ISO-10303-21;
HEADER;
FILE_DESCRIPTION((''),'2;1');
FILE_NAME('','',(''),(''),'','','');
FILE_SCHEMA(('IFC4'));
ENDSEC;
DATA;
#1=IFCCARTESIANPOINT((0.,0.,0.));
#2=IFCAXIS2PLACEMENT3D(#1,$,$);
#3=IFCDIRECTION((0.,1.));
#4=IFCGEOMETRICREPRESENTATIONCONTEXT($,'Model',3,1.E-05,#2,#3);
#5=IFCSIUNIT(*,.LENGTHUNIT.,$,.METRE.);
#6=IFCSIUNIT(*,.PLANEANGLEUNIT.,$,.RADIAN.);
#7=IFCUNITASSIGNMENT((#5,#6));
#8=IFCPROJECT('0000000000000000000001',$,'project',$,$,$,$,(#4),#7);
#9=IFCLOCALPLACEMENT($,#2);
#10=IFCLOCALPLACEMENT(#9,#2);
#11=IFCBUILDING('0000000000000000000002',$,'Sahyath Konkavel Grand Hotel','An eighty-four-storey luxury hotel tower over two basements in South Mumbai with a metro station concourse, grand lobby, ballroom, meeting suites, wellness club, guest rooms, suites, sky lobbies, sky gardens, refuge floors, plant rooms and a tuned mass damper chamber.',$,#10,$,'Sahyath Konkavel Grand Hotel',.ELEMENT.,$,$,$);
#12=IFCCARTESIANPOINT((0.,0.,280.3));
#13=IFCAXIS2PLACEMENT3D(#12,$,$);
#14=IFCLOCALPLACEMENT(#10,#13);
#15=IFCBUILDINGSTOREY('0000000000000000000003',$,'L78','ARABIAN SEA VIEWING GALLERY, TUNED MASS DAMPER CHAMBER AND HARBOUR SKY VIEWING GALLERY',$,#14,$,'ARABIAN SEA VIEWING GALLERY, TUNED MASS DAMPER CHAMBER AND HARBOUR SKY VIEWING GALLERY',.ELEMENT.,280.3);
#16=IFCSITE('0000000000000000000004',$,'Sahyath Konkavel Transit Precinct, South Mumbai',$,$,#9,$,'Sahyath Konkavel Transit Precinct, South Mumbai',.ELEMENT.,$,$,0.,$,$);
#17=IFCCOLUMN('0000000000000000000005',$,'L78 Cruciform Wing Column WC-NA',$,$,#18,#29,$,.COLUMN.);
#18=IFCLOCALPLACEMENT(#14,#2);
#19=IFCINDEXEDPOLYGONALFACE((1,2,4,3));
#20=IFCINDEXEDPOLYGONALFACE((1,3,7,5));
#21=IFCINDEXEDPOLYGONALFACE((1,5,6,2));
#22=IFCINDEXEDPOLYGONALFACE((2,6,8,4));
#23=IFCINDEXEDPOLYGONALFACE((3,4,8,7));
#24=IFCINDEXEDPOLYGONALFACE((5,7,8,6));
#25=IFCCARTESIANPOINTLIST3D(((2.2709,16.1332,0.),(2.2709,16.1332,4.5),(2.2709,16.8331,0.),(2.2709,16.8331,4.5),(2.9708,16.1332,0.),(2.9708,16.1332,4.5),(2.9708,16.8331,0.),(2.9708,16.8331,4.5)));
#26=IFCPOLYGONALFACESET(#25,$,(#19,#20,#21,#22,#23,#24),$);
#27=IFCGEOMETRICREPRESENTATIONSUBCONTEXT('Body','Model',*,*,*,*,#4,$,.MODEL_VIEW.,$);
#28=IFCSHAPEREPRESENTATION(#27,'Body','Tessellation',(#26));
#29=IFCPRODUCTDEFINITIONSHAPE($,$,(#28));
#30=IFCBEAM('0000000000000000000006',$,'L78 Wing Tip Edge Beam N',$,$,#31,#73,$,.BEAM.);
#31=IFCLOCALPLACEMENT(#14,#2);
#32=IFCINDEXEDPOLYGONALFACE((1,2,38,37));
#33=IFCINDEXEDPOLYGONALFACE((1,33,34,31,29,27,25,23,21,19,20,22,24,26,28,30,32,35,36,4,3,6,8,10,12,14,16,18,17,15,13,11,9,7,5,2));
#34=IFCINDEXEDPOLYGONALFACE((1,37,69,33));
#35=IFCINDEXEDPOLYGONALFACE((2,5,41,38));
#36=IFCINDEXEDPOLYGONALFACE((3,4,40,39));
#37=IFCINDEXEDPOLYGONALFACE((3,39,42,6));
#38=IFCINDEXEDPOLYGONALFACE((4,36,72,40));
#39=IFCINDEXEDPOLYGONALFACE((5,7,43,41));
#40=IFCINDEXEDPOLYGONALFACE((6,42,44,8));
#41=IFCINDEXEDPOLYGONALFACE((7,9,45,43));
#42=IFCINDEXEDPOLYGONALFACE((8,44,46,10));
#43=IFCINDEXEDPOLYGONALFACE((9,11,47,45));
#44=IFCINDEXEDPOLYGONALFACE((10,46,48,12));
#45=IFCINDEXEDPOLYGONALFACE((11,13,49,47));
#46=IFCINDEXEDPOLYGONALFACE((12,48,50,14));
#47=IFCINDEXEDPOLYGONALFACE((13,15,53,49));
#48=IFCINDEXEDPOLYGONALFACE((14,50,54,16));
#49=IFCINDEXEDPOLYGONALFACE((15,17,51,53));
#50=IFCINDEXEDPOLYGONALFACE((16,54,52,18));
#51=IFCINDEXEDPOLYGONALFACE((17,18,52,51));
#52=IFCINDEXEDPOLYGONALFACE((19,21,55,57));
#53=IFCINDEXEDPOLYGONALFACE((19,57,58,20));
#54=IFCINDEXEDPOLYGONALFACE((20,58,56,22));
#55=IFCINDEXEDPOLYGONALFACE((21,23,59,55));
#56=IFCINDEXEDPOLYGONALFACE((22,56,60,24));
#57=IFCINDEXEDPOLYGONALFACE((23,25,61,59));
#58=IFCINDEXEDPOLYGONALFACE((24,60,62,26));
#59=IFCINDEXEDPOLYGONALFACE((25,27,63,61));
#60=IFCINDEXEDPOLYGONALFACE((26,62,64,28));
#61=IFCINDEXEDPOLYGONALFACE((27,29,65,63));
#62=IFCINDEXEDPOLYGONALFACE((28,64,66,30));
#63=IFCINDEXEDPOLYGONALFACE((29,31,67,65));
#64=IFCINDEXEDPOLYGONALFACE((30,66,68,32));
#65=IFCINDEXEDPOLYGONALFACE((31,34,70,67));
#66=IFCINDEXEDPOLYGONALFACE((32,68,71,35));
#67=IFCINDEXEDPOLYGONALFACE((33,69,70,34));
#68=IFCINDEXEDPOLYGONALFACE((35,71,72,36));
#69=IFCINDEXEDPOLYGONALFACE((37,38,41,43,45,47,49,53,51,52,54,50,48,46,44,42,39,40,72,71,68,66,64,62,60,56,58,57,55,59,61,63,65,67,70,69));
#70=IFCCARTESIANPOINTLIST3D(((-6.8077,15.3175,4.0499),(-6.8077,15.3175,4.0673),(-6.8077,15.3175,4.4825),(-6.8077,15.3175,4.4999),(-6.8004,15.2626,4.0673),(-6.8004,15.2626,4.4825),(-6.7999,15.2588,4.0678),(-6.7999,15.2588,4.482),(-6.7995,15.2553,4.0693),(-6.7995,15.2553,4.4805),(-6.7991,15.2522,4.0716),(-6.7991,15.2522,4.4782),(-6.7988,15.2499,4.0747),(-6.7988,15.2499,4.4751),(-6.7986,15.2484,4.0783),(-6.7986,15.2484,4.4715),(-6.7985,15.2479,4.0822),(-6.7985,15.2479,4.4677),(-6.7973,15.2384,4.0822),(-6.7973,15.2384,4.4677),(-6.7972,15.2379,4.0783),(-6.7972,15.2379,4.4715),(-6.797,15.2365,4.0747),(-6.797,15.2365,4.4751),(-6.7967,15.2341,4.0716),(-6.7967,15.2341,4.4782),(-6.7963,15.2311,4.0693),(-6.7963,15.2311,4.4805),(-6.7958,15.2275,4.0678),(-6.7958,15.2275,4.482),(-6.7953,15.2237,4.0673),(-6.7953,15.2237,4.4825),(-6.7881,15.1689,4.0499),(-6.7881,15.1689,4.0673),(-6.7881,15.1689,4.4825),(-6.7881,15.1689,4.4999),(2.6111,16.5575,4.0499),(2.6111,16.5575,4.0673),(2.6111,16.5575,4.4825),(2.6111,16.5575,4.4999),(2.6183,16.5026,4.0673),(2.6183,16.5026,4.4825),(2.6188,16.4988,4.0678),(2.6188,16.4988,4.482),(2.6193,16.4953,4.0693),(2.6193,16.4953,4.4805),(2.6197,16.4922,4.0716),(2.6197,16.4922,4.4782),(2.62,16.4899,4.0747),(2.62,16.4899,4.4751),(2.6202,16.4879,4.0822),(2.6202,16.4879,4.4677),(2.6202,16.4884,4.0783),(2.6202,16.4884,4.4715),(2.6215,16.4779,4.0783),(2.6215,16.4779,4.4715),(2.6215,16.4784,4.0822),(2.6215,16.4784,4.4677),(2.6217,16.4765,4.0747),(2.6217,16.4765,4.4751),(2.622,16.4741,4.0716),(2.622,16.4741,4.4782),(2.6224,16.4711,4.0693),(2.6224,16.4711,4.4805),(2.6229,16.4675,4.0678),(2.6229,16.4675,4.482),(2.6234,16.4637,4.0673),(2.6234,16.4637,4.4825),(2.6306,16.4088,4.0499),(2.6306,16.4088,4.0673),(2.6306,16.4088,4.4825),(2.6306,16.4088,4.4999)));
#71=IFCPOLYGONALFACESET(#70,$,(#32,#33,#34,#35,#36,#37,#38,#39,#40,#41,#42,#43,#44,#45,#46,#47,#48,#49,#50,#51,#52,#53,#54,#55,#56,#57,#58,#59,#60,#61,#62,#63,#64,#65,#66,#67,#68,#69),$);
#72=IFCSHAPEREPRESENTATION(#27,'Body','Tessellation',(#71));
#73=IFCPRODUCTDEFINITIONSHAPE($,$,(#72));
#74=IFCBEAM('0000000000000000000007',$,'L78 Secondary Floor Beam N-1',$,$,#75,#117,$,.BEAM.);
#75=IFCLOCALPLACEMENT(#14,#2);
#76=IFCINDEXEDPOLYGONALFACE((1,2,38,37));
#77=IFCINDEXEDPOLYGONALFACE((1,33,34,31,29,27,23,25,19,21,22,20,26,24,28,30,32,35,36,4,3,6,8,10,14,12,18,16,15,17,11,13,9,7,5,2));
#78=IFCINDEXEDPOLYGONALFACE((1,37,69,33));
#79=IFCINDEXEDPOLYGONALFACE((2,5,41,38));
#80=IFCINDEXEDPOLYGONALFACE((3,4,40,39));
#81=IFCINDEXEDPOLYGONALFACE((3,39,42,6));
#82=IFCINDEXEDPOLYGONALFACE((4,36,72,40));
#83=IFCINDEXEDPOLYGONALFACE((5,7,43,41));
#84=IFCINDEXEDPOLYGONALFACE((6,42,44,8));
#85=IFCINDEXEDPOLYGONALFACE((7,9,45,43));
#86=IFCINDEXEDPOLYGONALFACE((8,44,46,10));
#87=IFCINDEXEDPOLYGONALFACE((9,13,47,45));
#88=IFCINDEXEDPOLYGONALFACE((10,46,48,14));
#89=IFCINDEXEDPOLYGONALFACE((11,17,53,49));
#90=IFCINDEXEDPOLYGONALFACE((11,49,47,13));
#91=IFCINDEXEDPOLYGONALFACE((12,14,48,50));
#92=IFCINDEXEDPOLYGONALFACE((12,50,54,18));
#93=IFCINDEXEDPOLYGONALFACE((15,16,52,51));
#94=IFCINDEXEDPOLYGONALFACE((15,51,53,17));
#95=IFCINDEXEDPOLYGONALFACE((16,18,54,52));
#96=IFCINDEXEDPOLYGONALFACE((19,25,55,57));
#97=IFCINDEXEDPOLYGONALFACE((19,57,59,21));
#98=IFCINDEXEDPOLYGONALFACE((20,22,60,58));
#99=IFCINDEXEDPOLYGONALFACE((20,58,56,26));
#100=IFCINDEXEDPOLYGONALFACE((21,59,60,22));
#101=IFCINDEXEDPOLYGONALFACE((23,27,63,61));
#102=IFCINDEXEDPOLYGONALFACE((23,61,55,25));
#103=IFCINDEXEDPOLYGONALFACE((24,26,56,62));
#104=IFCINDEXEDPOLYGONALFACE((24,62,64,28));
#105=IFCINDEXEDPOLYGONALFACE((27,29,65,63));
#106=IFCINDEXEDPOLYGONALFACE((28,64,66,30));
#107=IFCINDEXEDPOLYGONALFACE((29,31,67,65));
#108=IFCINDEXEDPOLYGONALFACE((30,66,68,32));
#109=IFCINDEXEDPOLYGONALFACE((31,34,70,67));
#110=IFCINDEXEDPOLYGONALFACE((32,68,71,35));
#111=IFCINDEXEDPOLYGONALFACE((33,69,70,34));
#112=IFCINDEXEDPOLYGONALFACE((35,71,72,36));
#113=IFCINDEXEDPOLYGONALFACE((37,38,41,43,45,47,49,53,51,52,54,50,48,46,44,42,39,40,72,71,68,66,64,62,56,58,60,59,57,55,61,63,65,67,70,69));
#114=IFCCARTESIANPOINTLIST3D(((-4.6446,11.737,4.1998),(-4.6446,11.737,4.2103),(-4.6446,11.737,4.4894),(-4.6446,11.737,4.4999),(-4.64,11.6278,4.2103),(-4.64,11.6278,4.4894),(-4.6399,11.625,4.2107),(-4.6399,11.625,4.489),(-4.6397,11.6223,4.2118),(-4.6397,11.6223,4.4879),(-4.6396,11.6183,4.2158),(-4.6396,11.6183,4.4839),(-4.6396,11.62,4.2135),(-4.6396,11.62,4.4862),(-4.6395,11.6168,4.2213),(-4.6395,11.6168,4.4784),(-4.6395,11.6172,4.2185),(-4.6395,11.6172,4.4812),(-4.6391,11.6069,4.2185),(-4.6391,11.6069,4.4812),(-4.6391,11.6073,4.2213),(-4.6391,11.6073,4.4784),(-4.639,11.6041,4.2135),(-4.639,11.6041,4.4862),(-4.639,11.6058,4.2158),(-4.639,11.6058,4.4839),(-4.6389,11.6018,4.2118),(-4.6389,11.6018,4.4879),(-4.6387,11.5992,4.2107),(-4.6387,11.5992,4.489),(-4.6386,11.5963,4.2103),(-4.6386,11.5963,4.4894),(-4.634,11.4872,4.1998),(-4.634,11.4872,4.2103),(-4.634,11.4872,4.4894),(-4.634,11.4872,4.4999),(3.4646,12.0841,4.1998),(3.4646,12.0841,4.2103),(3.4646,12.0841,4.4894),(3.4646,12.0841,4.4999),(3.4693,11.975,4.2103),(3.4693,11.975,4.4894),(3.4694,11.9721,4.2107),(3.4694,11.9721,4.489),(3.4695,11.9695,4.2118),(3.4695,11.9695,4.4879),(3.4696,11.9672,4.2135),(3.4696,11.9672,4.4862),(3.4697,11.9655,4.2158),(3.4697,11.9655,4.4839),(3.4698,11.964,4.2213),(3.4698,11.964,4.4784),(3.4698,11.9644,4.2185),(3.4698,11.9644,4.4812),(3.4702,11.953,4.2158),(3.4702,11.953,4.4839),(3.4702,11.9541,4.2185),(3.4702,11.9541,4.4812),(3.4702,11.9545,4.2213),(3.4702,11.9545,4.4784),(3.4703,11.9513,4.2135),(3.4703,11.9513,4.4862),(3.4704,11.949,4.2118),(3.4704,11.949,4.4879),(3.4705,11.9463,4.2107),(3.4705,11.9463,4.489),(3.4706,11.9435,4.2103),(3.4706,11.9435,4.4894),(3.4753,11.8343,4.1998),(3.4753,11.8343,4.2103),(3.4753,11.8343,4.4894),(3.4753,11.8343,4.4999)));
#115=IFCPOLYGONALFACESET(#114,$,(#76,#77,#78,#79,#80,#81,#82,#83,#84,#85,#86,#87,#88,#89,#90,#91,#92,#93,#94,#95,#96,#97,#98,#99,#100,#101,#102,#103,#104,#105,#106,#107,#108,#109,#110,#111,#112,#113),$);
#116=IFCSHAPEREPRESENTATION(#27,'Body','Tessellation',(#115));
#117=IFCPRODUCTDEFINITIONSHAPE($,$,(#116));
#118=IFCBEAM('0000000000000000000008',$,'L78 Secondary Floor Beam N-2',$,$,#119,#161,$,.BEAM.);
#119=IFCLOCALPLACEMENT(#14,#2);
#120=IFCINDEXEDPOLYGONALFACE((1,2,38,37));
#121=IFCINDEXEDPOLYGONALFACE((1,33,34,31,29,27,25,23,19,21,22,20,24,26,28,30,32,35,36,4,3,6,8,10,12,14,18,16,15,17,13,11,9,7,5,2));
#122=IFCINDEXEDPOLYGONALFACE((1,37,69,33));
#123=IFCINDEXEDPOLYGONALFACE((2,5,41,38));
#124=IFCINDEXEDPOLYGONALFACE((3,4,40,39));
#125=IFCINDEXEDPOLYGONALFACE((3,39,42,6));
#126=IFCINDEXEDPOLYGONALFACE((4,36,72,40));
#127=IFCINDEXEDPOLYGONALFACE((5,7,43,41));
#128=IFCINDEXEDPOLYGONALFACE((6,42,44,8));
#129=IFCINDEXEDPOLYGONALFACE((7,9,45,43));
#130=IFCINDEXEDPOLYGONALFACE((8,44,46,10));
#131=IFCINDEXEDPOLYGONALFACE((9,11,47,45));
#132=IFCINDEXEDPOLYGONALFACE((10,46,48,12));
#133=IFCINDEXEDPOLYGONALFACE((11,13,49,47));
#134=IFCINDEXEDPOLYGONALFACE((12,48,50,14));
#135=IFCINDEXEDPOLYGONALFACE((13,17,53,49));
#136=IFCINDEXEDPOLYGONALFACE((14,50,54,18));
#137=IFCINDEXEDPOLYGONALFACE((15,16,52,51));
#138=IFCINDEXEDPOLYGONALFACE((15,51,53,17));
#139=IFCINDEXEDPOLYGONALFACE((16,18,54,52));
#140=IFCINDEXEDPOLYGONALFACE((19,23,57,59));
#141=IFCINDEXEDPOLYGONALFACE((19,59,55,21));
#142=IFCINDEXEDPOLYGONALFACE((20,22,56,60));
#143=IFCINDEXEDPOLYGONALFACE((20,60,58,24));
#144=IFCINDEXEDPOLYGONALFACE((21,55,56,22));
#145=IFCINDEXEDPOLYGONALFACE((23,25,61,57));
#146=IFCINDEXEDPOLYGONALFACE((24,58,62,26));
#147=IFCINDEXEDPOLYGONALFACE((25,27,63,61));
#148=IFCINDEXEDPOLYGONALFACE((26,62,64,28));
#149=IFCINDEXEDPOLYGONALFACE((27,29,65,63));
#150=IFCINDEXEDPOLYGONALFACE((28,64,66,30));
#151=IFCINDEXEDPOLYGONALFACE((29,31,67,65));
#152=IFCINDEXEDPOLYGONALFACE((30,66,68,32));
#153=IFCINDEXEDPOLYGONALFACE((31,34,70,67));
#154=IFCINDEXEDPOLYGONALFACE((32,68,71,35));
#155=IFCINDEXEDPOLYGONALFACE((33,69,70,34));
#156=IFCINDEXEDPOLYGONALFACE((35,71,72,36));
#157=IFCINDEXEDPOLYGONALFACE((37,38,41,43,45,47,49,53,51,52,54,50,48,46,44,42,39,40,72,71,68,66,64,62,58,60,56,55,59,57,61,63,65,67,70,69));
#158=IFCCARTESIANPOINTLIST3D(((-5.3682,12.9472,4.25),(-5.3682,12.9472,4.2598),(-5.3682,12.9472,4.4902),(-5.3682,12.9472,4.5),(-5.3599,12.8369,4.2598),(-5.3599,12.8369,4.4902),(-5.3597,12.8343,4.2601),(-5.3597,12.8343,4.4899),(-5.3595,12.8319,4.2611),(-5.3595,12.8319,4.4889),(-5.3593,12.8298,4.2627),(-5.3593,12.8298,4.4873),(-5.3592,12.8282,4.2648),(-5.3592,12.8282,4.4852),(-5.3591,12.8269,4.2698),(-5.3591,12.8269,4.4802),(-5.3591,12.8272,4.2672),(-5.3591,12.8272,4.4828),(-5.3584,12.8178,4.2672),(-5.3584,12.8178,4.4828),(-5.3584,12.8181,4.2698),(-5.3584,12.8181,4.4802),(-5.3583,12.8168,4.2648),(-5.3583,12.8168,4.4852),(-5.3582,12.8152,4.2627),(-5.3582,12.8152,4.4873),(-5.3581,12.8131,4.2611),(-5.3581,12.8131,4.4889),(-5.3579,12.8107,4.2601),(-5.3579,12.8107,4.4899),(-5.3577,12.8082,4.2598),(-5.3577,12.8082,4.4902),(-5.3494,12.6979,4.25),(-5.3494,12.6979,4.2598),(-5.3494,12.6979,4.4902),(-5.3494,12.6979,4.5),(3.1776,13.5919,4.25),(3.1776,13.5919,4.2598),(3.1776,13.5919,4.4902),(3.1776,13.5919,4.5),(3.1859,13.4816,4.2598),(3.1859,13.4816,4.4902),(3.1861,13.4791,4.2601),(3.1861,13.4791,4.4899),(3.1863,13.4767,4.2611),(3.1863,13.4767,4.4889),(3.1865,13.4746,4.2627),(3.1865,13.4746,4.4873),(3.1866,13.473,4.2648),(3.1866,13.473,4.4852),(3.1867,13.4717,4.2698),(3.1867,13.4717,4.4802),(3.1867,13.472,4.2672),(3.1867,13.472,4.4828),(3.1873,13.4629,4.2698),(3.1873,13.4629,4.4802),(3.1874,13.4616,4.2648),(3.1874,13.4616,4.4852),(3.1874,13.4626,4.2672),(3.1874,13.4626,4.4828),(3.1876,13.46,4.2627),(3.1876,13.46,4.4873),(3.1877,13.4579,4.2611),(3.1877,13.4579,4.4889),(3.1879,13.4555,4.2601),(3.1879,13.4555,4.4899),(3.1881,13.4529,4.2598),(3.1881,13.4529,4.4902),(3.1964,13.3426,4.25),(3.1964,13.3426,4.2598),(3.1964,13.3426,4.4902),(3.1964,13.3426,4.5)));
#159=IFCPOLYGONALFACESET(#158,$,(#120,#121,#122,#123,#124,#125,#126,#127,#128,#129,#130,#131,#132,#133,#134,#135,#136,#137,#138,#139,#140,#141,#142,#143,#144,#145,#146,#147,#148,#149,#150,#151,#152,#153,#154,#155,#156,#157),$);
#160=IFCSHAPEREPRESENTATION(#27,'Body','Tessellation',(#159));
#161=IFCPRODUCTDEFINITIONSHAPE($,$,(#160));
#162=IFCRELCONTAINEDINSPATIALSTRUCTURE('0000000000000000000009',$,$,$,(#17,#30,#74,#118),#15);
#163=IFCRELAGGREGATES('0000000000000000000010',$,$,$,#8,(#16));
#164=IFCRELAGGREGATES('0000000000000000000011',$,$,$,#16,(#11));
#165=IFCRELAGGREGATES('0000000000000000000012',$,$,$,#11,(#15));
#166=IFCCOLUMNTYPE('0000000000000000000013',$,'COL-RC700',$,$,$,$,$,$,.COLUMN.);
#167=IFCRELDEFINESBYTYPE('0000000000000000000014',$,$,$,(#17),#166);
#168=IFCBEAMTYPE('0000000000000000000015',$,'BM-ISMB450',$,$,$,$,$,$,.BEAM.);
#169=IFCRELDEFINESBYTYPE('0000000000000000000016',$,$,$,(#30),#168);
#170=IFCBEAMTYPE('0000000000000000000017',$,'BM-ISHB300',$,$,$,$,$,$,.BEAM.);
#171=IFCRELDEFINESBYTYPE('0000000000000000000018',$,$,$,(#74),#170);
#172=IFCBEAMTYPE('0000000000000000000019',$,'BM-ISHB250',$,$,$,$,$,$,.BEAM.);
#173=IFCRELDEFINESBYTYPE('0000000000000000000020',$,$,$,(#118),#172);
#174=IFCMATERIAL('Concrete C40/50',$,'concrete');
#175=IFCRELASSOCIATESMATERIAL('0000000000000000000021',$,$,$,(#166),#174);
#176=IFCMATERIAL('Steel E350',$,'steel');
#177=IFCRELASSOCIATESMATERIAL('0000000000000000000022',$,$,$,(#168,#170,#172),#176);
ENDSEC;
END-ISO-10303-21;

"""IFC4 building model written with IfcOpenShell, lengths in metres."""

from ifc_helpers import new_model, si_unit, direction, frame, origin, origin_2d, place, context, subcontext, project, spatial, rectangle, i_section, extrude, source, transform, mapped, material, material_profile, profile_set, type_object, element, save


model = new_model("IFC4")

# Units and contexts
model_context = context("Model", 3, precision=1e-05, world=origin(), true_north=direction((0.0, 1.0)))
body_context = subcontext(model_context, "Body", "Model", "MODEL_VIEW")
ifc_project = project(units=[si_unit("LENGTHUNIT", "METRE"), si_unit("PLANEANGLEUNIT", "RADIAN")], contexts=[model_context])

# Site, building, storey
site_placement = place(None, origin())
site = spatial("IfcSite", under=ifc_project, at=site_placement, Name="Sahyath Konkavel Transit Precinct, South Mumbai", LongName="Sahyath Konkavel Transit Precinct, South Mumbai", CompositionType="ELEMENT", RefElevation=0.0)
building_placement = place(site_placement, origin())
building = spatial("IfcBuilding", under=site, at=building_placement, Name="Sahyath Konkavel Grand Hotel", Description="An eighty-four-storey luxury hotel tower over two basements in South Mumbai with a metro station concourse, grand lobby, ballroom, meeting suites, wellness club, guest rooms, suites, sky lobbies, sky gardens, refuge floors, plant rooms and a tuned mass damper chamber.", LongName="Sahyath Konkavel Grand Hotel", CompositionType="ELEMENT")
storey_placement = place(building_placement, frame((0.0, 0.0, 280.3)))
storey = spatial("IfcBuildingStorey", under=building, at=storey_placement, Name="L78", Description="ARABIAN SEA VIEWING GALLERY, TUNED MASS DAMPER CHAMBER AND HARBOUR SKY VIEWING GALLERY", LongName="ARABIAN SEA VIEWING GALLERY, TUNED MASS DAMPER CHAMBER AND HARBOUR SKY VIEWING GALLERY", CompositionType="ELEMENT", Elevation=280.3)

# Column
ifc_material_1 = material(Name="Concrete C40/50", Category="concrete")
ifc_material_profile_1 = material_profile(ifc_material_1, rectangle(XDim=0.7, YDim=0.7, at=origin_2d()), Name="RC 700x700")
ifc_profile_set_1 = profile_set([ifc_material_profile_1], Name="Concrete C40/50")
column_type = type_object("IfcColumnType", Name="COL-RC700", PredefinedType="COLUMN", material=ifc_profile_set_1)
shared_shape_1 = source(origin(), body_context, "Body", "SweptSolid", [
    extrude(rectangle(XDim=0.7, YDim=0.7, at=origin_2d()), origin(), (0.0, 0.0, 1.0), 4.5),
])
column_placement = place(storey_placement, frame((2.6208, 16.4832, 0.0), z_axis=(0.0, 0.0, 1.0), x_axis=(1.0, 0.0, 0.0)))
element("IfcColumn", 1, at=column_placement, inside=storey, type_object=column_type, Name="L78 Cruciform Wing Column WC-NA", PredefinedType="COLUMN", context=body_context, shape_type="MappedRepresentation", body=[
    mapped(shared_shape_1, transform((0.0, 0.0, 0.0), scale=1.0)),
])

# Beams
ifc_material_2 = material(Name="Steel E350", Category="steel")
ifc_material_profile_2 = material_profile(ifc_material_2, i_section(OverallWidth=0.1499, OverallDepth=0.45, WebThickness=0.0095, FlangeThickness=0.0173, FilletRadius=0.0149, at=origin_2d()), Name="ISMB 450")
ifc_profile_set_2 = profile_set([ifc_material_profile_2], Name="Steel E350")
beam_type_1 = type_object("IfcBeamType", Name="BM-ISMB450", PredefinedType="BEAM", material=ifc_profile_set_2)
shared_shape_2 = source(origin(), body_context, "Body", "SweptSolid", [
    extrude(i_section(OverallWidth=0.1499, OverallDepth=0.45, WebThickness=0.0095, FlangeThickness=0.0173, FilletRadius=0.0149, at=origin_2d()), origin(), (0.0, 0.0, 1.0), 9.5),
])
beam_1_placement = place(storey_placement, frame((2.6208, 16.4832, 4.2749), z_axis=(-0.991445, -0.130526, 0.0), x_axis=(0.130526, -0.991445, 0.0)))
element("IfcBeam", 2, at=beam_1_placement, inside=storey, type_object=beam_type_1, Name="L78 Wing Tip Edge Beam N", PredefinedType="BEAM", context=body_context, shape_type="MappedRepresentation", body=[
    mapped(shared_shape_2, transform((0.0, 0.0, 0.0), scale=1.0)),
])
ifc_material_profile_3 = material_profile(ifc_material_2, i_section(OverallWidth=0.25, OverallDepth=0.3, WebThickness=0.0095, FlangeThickness=0.0105, FilletRadius=0.011, at=origin_2d()), Name="ISHB 300")
ifc_profile_set_3 = profile_set([ifc_material_profile_3], Name="Steel E350")
beam_type_2 = type_object("IfcBeamType", Name="BM-ISHB300", PredefinedType="BEAM", material=ifc_profile_set_3)
shared_shape_3 = source(origin(), body_context, "Body", "SweptSolid", [
    extrude(i_section(OverallWidth=0.25, OverallDepth=0.3, WebThickness=0.0095, FlangeThickness=0.0105, FilletRadius=0.011, at=origin_2d()), origin(), (0.0, 0.0, 1.0), 8.1167),
])
beam_2_placement = place(storey_placement, frame((3.47, 11.9592, 4.3499), z_axis=(-0.999085, -0.042772, 0.0), x_axis=(0.042772, -0.999085, 0.0)))
element("IfcBeam", 3, at=beam_2_placement, inside=storey, type_object=beam_type_2, Name="L78 Secondary Floor Beam N-1", PredefinedType="BEAM", context=body_context, shape_type="MappedRepresentation", body=[
    mapped(shared_shape_3, transform((0.0, 0.0, 0.0), scale=1.0)),
])
ifc_material_profile_4 = material_profile(ifc_material_2, i_section(OverallWidth=0.25, OverallDepth=0.25, WebThickness=0.0088, FlangeThickness=0.0098, FilletRadius=0.01, at=origin_2d()), Name="ISHB 250")
ifc_profile_set_4 = profile_set([ifc_material_profile_4], Name="Steel E350")
beam_type_3 = type_object("IfcBeamType", Name="BM-ISHB250", PredefinedType="BEAM", material=ifc_profile_set_4)
shared_shape_4 = source(origin(), body_context, "Body", "SweptSolid", [
    extrude(i_section(OverallWidth=0.25, OverallDepth=0.25, WebThickness=0.0088, FlangeThickness=0.0098, FilletRadius=0.01, at=origin_2d()), origin(), (0.0, 0.0, 1.0), 8.5701),
])
beam_3_placement = place(storey_placement, frame((3.187, 13.4673, 4.375), z_axis=(-0.997166, -0.075235, 0.0), x_axis=(0.075235, -0.997166, 0.0)))
element("IfcBeam", 4, at=beam_3_placement, inside=storey, type_object=beam_type_3, Name="L78 Secondary Floor Beam N-2", PredefinedType="BEAM", context=body_context, shape_type="MappedRepresentation", body=[
    mapped(shared_shape_4, transform((0.0, 0.0, 0.0), scale=1.0)),
])

save(model, "model.ifc")
